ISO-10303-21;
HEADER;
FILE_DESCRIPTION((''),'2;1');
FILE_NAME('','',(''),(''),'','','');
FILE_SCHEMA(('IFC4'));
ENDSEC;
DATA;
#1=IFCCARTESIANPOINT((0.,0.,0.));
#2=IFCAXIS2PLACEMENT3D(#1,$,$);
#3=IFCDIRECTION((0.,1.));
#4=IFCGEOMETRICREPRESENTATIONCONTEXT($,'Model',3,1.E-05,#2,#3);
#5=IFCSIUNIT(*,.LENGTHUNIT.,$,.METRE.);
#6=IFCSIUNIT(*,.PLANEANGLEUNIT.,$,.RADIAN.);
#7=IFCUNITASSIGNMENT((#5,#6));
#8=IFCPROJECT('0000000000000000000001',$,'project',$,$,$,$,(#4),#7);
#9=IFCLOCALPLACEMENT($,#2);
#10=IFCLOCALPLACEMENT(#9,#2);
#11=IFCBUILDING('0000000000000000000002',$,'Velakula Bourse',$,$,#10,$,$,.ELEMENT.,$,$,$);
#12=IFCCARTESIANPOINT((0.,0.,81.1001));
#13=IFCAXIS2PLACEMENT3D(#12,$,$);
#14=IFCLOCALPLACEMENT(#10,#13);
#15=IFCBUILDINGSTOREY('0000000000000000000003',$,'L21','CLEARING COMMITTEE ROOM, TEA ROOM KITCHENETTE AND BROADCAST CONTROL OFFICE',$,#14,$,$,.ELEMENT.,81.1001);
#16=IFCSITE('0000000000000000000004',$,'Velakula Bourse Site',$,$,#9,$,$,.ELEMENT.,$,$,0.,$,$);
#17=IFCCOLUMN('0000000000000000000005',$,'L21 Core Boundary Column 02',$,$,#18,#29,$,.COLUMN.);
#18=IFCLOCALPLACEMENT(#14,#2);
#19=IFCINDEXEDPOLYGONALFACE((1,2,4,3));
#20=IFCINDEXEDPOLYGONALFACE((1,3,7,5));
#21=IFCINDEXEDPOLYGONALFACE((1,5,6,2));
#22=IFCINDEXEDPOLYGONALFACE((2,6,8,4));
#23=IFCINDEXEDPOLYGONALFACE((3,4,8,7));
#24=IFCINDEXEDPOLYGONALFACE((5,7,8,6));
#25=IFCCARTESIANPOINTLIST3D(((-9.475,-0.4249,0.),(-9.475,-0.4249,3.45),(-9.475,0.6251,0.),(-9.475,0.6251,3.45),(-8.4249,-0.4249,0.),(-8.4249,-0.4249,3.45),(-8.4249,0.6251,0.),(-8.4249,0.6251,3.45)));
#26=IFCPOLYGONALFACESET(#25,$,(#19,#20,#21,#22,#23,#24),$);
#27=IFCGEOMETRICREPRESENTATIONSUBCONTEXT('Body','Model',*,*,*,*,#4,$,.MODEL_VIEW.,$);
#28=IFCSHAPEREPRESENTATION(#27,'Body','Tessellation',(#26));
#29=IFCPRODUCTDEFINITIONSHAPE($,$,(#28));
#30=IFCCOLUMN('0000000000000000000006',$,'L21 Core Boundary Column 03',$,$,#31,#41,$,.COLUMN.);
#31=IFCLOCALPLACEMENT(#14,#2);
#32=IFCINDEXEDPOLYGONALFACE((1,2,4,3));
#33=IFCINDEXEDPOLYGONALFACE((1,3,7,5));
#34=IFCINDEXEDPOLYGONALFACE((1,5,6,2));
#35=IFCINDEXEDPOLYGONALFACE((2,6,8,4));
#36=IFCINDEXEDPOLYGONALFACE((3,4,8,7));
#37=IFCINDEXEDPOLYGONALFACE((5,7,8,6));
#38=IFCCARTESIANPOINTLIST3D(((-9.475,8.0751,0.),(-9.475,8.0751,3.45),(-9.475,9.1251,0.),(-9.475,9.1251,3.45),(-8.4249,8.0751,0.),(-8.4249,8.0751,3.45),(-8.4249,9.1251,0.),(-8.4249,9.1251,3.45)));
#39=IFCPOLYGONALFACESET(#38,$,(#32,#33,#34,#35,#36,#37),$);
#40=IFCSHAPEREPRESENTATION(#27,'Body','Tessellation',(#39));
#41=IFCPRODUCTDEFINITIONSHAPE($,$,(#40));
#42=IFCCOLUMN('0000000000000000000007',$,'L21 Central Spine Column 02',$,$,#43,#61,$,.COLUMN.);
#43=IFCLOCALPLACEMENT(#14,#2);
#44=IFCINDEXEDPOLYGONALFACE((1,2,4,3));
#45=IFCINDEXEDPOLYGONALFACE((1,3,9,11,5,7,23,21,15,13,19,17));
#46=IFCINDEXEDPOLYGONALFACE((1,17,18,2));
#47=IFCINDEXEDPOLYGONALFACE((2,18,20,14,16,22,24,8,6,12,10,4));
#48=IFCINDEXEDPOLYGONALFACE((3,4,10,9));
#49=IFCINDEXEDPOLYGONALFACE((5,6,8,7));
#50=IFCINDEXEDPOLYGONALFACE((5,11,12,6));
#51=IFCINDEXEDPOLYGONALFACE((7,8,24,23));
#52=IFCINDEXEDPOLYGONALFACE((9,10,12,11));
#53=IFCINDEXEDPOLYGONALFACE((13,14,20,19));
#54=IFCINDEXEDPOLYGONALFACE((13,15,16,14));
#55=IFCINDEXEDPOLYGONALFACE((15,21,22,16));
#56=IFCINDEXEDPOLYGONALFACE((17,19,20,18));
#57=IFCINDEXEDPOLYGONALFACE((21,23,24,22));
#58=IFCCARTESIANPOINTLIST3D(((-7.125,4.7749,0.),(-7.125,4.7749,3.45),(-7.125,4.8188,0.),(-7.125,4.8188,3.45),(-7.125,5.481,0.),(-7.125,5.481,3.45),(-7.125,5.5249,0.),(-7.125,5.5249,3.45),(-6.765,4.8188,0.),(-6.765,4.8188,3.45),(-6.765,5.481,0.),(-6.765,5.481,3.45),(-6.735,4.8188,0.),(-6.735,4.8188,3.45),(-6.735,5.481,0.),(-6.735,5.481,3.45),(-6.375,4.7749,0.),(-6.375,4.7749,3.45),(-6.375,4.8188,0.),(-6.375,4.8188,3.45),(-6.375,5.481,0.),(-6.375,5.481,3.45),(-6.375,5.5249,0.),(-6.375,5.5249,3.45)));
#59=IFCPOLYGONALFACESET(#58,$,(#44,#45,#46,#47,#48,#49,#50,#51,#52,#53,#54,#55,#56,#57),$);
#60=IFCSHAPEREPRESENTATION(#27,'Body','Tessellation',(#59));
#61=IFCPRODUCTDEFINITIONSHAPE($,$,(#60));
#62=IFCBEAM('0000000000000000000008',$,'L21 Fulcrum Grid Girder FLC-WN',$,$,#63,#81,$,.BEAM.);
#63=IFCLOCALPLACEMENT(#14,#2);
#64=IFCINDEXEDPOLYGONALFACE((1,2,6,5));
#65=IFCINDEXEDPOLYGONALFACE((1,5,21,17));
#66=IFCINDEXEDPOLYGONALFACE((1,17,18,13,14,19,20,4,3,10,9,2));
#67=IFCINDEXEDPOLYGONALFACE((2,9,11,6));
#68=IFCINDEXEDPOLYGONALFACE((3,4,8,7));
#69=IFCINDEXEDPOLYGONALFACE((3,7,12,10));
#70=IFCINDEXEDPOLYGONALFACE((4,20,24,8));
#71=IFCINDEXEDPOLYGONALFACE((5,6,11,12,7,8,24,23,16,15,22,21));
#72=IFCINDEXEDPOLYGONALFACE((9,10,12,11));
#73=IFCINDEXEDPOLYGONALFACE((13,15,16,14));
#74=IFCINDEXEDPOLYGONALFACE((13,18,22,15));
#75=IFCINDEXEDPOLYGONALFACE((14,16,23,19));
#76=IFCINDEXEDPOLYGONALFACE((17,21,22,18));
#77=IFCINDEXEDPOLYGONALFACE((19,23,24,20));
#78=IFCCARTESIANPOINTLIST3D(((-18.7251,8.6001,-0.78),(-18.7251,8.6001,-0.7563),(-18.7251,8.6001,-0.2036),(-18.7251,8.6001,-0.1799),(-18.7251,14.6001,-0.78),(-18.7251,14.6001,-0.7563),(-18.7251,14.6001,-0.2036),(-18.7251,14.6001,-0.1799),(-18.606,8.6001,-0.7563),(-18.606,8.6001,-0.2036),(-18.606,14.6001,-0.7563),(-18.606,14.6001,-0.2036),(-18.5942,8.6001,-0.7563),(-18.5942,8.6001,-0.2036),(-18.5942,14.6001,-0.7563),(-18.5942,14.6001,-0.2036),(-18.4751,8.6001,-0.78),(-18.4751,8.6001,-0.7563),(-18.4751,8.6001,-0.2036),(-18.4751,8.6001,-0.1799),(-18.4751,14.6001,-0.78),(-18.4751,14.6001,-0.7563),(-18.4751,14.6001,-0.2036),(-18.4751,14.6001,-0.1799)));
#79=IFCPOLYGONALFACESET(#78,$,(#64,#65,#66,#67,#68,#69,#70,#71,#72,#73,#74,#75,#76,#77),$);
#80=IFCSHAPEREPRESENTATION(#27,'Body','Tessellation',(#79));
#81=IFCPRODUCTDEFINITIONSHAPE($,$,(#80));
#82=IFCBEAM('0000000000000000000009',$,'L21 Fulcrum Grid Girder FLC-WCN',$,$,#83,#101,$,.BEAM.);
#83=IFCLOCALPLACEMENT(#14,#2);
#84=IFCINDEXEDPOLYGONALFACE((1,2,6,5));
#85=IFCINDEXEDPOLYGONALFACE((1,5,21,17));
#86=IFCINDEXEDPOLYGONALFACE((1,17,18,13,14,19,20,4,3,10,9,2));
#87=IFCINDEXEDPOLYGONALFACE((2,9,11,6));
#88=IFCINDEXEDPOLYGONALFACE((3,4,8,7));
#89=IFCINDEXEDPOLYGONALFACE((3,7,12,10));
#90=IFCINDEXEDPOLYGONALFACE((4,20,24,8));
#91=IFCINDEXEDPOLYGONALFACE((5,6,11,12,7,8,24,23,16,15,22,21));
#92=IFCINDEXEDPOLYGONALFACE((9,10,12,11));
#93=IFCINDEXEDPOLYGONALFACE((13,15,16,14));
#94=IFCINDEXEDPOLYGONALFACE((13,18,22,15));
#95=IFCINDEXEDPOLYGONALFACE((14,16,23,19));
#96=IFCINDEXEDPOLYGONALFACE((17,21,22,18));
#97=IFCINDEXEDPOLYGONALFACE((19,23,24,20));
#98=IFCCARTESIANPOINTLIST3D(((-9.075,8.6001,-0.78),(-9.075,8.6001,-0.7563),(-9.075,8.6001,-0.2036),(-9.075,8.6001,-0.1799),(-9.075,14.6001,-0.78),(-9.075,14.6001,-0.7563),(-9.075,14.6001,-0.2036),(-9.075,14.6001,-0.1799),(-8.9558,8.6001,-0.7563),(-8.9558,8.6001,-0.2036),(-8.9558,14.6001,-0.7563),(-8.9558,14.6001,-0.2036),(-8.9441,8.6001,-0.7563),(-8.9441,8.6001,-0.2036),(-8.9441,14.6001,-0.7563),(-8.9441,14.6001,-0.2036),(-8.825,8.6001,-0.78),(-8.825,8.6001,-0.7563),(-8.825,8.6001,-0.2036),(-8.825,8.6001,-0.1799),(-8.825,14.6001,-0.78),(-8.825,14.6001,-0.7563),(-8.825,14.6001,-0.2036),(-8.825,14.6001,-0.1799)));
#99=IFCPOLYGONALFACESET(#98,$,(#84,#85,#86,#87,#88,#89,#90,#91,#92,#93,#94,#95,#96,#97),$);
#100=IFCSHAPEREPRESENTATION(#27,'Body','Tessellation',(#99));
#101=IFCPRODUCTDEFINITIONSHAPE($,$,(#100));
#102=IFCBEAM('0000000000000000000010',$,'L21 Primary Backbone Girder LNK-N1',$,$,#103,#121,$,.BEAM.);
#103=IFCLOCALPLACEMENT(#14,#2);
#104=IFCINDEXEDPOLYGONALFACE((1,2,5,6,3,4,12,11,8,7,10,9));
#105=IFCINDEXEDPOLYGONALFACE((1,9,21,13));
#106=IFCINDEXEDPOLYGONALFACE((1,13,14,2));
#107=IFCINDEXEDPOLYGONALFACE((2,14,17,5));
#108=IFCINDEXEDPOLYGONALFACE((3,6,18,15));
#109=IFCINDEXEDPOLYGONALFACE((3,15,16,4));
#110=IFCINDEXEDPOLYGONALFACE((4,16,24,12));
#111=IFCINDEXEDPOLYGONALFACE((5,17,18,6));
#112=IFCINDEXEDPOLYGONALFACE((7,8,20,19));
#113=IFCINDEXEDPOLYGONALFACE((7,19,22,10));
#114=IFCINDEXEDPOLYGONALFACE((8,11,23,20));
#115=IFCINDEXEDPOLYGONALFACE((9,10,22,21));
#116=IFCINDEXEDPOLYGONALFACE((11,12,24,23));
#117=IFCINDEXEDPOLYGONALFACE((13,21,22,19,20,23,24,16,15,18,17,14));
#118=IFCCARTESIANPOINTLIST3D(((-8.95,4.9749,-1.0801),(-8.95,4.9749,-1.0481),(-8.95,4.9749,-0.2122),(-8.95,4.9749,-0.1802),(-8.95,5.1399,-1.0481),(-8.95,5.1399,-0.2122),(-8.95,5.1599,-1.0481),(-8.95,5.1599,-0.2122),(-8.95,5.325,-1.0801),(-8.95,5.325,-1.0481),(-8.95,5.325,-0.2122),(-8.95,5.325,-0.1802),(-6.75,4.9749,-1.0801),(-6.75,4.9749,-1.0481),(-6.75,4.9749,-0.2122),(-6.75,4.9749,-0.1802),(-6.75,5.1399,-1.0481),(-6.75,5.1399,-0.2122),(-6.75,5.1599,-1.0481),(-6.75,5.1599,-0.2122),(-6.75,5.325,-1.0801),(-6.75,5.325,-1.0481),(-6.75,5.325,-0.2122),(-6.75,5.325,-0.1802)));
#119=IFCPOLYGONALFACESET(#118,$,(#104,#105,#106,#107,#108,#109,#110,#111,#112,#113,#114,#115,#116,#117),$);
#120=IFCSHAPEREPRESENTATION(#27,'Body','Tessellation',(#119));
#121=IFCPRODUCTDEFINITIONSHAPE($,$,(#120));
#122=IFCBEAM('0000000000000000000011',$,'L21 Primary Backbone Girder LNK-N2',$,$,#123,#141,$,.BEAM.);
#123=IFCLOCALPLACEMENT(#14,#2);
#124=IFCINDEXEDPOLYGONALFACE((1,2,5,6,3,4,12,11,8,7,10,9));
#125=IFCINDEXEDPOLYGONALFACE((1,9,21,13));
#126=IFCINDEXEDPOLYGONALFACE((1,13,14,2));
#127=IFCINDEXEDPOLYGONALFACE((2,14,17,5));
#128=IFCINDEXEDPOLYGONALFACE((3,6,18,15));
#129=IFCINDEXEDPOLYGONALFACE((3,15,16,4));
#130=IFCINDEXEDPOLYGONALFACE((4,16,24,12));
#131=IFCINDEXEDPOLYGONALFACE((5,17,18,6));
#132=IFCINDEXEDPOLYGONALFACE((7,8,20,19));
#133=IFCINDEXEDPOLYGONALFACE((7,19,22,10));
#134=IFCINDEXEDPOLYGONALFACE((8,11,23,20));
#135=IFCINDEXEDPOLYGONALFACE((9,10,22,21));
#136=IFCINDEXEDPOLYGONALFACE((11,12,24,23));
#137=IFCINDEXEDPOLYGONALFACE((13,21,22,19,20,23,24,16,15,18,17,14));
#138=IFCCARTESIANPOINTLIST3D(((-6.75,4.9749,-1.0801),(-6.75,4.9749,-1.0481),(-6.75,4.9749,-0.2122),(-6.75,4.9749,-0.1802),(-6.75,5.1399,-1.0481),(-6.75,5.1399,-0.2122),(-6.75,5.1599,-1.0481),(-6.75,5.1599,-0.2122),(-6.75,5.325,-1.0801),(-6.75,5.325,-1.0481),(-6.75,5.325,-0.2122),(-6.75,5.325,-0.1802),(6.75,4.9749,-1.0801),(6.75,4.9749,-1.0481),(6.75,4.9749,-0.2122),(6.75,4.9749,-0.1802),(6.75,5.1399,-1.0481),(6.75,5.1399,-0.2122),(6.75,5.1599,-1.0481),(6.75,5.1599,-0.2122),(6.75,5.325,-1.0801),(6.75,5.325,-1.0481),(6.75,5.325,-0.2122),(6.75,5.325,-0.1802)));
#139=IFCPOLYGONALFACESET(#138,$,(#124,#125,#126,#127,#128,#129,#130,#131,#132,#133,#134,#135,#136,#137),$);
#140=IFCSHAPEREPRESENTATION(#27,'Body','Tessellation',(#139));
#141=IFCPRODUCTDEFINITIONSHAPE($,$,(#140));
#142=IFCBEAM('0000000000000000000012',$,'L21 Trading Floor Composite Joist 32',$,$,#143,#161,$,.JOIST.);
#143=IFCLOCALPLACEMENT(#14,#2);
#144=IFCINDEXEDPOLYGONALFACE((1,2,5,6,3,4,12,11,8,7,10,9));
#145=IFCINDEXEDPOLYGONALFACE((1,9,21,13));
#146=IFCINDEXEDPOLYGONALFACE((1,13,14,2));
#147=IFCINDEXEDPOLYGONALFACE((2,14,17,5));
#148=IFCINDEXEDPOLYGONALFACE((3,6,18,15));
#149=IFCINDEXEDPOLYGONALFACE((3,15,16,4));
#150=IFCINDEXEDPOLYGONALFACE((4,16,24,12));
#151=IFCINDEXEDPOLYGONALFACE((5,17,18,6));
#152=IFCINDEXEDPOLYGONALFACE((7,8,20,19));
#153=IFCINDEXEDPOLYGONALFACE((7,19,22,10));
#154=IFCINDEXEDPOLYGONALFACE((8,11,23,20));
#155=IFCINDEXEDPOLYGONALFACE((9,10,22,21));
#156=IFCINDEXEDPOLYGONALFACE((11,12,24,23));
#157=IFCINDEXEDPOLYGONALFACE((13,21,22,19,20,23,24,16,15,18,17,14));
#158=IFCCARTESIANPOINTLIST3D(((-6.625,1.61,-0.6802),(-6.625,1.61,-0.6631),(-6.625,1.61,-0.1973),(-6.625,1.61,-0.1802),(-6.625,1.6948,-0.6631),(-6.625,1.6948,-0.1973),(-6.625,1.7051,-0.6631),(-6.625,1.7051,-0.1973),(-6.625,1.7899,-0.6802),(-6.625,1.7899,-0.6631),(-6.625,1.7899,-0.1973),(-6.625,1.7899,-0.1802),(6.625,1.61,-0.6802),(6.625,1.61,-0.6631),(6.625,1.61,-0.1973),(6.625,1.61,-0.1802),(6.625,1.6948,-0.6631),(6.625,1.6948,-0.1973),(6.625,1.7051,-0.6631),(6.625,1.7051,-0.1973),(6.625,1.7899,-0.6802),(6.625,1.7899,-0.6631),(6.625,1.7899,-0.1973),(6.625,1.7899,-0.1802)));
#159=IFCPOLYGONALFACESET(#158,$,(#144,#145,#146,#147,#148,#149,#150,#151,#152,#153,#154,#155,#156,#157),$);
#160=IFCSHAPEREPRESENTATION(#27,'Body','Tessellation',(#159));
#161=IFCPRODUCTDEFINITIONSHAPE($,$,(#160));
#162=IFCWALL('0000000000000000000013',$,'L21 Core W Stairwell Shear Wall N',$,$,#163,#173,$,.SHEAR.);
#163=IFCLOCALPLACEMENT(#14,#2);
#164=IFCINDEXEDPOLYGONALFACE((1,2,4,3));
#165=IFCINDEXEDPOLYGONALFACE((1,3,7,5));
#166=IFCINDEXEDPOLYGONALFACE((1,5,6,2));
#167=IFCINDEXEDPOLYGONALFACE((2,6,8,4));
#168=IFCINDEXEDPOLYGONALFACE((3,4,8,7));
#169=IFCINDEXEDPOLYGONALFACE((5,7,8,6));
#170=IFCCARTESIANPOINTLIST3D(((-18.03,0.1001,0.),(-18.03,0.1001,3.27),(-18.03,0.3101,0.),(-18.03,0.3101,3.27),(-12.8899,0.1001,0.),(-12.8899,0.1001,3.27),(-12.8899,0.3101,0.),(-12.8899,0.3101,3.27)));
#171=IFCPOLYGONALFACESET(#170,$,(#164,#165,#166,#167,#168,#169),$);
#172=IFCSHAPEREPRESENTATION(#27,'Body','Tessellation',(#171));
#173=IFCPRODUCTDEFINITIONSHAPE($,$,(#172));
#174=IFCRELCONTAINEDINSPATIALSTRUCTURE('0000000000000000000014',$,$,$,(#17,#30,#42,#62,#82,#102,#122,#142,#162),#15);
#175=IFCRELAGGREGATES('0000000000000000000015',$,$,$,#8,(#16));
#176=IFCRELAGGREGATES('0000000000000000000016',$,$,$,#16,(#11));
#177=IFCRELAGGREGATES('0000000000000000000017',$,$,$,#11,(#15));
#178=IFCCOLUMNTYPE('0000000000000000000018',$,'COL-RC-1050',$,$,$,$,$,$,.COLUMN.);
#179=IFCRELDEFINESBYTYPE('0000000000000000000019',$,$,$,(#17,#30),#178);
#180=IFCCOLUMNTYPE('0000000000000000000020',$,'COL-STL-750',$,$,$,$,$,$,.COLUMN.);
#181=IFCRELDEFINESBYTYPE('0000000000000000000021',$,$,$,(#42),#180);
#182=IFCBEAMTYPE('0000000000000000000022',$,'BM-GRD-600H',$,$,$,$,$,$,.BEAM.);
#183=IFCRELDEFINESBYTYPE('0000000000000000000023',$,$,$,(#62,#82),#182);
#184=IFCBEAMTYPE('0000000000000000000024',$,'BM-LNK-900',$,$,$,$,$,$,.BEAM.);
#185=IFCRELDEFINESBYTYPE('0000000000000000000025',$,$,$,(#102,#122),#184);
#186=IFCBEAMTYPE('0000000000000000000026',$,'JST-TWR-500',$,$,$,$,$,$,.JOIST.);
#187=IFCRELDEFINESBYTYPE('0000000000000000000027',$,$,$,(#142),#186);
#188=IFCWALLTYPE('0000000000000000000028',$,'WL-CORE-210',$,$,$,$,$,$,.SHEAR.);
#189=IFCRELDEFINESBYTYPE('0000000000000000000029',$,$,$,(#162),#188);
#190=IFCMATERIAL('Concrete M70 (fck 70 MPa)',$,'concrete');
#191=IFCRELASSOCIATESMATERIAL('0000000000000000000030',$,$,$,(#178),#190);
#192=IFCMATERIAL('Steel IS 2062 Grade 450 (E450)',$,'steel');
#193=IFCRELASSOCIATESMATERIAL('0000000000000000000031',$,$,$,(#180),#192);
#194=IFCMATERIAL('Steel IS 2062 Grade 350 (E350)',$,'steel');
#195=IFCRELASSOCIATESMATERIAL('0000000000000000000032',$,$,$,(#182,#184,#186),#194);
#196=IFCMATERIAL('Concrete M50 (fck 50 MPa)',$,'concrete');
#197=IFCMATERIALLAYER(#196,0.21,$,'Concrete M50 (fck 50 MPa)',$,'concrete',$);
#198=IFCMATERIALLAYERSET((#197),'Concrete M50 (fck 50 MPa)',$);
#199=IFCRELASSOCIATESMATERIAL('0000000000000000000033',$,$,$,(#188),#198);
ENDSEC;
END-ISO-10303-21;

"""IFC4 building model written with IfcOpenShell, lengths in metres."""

from ifc_helpers import new_model, si_unit, direction, frame, frame_2d, origin, origin_2d, place, context, subcontext, project, spatial, rectangle, i_section, extrude, material, layer, layer_set, material_profile, profile_set, type_object, element, save


model = new_model("IFC4")

# Units and contexts
model_context = context("Model", 3, precision=1e-05, world=origin(), true_north=direction((0.0, 1.0)))
body_context = subcontext(model_context, "Body", "Model", "MODEL_VIEW")
ifc_project = project(units=[si_unit("LENGTHUNIT", "METRE"), si_unit("PLANEANGLEUNIT", "RADIAN")], contexts=[model_context])

# Site, building, storey
site_placement = place(None, origin())
site = spatial("IfcSite", under=ifc_project, at=site_placement, Name="Velakula Bourse Site", CompositionType="ELEMENT", RefElevation=0.0)
building_placement = place(site_placement, origin())
building = spatial("IfcBuilding", under=site, at=building_placement, Name="Velakula Bourse", CompositionType="ELEMENT")
storey_placement = place(building_placement, frame((0.0, 0.0, 81.1001)))
storey = spatial("IfcBuildingStorey", under=building, at=storey_placement, Name="L21", Description="CLEARING COMMITTEE ROOM, TEA ROOM KITCHENETTE AND BROADCAST CONTROL OFFICE", CompositionType="ELEMENT", Elevation=81.1001)

# Columns
ifc_material_1 = material(Name="Concrete M70 (fck 70 MPa)", Category="concrete")
ifc_material_profile_1 = material_profile(ifc_material_1, rectangle(XDim=1.05, YDim=1.05, at=origin_2d()), Name="Concrete M70 (fck 70 MPa)")
ifc_profile_set_1 = profile_set([ifc_material_profile_1], Name="Concrete M70 (fck 70 MPa)")
column_type_1 = type_object("IfcColumnType", Name="COL-RC-1050", PredefinedType="COLUMN", material=ifc_profile_set_1)
for number, where, z_axis, x_axis, name in (
    (1, (-8.95, 0.1001, 0.0), (0.0, 0.0, 1.0), (1.0, 0.0, 0.0), "L21 Core Boundary Column 02"),
    (2, (-8.95, 8.6001, 0.0), (0.0, 0.0, 1.0), (1.0, 0.0, 0.0), "L21 Core Boundary Column 03"),
):
    element("IfcColumn", number, at=place(storey_placement, frame(where, z_axis=z_axis, x_axis=x_axis)), inside=storey, type_object=column_type_1, Name=name, PredefinedType="COLUMN", context=body_context, shape_type="SweptSolid", body=[
        extrude(rectangle(XDim=1.05, YDim=1.05, at=origin_2d()), origin(), (0.0, 0.0, 1.0), 3.45),
    ])
ifc_material_2 = material(Name="Steel IS 2062 Grade 450 (E450)", Category="steel")
ifc_material_profile_2 = material_profile(ifc_material_2, i_section(OverallWidth=0.75, OverallDepth=0.75, WebThickness=0.03, FlangeThickness=0.0439, at=origin_2d()), Name="Steel IS 2062 Grade 450 (E450)")
ifc_profile_set_2 = profile_set([ifc_material_profile_2], Name="Steel IS 2062 Grade 450 (E450)")
column_type_2 = type_object("IfcColumnType", Name="COL-STL-750", PredefinedType="COLUMN", material=ifc_profile_set_2)
column_placement = place(storey_placement, frame((-6.75, 5.1499, 0.0), z_axis=(0.0, 0.0, 1.0), x_axis=(1.0, 0.0, 0.0)))
element("IfcColumn", 3, at=column_placement, inside=storey, type_object=column_type_2, Name="L21 Central Spine Column 02", PredefinedType="COLUMN", context=body_context, shape_type="SweptSolid", body=[
    extrude(i_section(OverallWidth=0.75, OverallDepth=0.75, WebThickness=0.03, FlangeThickness=0.0439, at=origin_2d()), origin(), (0.0, 0.0, 1.0), 3.45),
])

# Beams
ifc_material_3 = material(Name="Steel IS 2062 Grade 350 (E350)", Category="steel")
ifc_material_profile_3 = material_profile(ifc_material_3, i_section(OverallWidth=0.25, OverallDepth=0.6001, WebThickness=0.0117, FlangeThickness=0.0237, at=origin_2d()), Name="Steel IS 2062 Grade 350 (E350)")
ifc_profile_set_3 = profile_set([ifc_material_profile_3], Name="Steel IS 2062 Grade 350 (E350)")
beam_type_1 = type_object("IfcBeamType", Name="BM-GRD-600H", PredefinedType="BEAM", material=ifc_profile_set_3)
for number, where, z_axis, x_axis, name in (
    (4, (-18.6001, 8.6001, -0.48), (0.0, 1.0, 0.0), (-1.0, 0.0, 0.0), "L21 Fulcrum Grid Girder FLC-WN"),
    (5, (-8.95, 8.6001, -0.48), (0.0, 1.0, 0.0), (-1.0, 0.0, 0.0), "L21 Fulcrum Grid Girder FLC-WCN"),
):
    element("IfcBeam", number, at=place(storey_placement, frame(where, z_axis=z_axis, x_axis=x_axis)), inside=storey, type_object=beam_type_1, Name=name, PredefinedType="BEAM", context=body_context, shape_type="SweptSolid", body=[
        extrude(i_section(OverallWidth=0.25, OverallDepth=0.6001, WebThickness=0.0117, FlangeThickness=0.0237, at=origin_2d()), origin(), (0.0, 0.0, 1.0), 6.0),
    ])
ifc_material_profile_4 = material_profile(ifc_material_3, i_section(OverallWidth=0.3501, OverallDepth=0.8999, WebThickness=0.02, FlangeThickness=0.032, at=origin_2d()), Name="Steel IS 2062 Grade 350 (E350)")
ifc_profile_set_4 = profile_set([ifc_material_profile_4], Name="Steel IS 2062 Grade 350 (E350)")
beam_type_2 = type_object("IfcBeamType", Name="BM-LNK-900", PredefinedType="BEAM", material=ifc_profile_set_4)
beam_1_placement = place(storey_placement, frame((-8.95, 5.1499, -0.6301), z_axis=(1.0, 0.0, 0.0), x_axis=(0.0, 1.0, 0.0)))
element("IfcBeam", 6, at=beam_1_placement, inside=storey, type_object=beam_type_2, Name="L21 Primary Backbone Girder LNK-N1", PredefinedType="BEAM", context=body_context, shape_type="SweptSolid", body=[
    extrude(i_section(OverallWidth=0.3501, OverallDepth=0.8999, WebThickness=0.02, FlangeThickness=0.032, at=origin_2d()), origin(), (0.0, 0.0, 1.0), 2.2),
])
beam_2_placement = place(storey_placement, frame((-6.75, 5.1499, -0.6301), z_axis=(1.0, 0.0, 0.0), x_axis=(0.0, 1.0, 0.0)))
element("IfcBeam", 7, at=beam_2_placement, inside=storey, type_object=beam_type_2, Name="L21 Primary Backbone Girder LNK-N2", PredefinedType="BEAM", context=body_context, shape_type="SweptSolid", body=[
    extrude(i_section(OverallWidth=0.3501, OverallDepth=0.8999, WebThickness=0.02, FlangeThickness=0.032, at=origin_2d()), origin(), (0.0, 0.0, 1.0), 13.5),
])
ifc_material_profile_5 = material_profile(ifc_material_3, i_section(OverallWidth=0.1799, OverallDepth=0.5, WebThickness=0.0103, FlangeThickness=0.0171, at=origin_2d()), Name="Steel IS 2062 Grade 350 (E350)")
ifc_profile_set_5 = profile_set([ifc_material_profile_5], Name="Steel IS 2062 Grade 350 (E350)")
beam_type_3 = type_object("IfcBeamType", Name="JST-TWR-500", PredefinedType="JOIST", material=ifc_profile_set_5)
beam_3_placement = place(storey_placement, frame((-6.625, 1.7, -0.4302), z_axis=(1.0, 0.0, 0.0), x_axis=(0.0, 1.0, 0.0)))
element("IfcBeam", 8, at=beam_3_placement, inside=storey, type_object=beam_type_3, Name="L21 Trading Floor Composite Joist 32", PredefinedType="JOIST", context=body_context, shape_type="SweptSolid", body=[
    extrude(i_section(OverallWidth=0.1799, OverallDepth=0.5, WebThickness=0.0103, FlangeThickness=0.0171, at=origin_2d()), origin(), (0.0, 0.0, 1.0), 13.25),
])

# Wall
ifc_material_4 = material(Name="Concrete M50 (fck 50 MPa)", Category="concrete")
ifc_layer_1 = layer(ifc_material_4, 0.21, Name="Concrete M50 (fck 50 MPa)", Category="concrete")
ifc_layer_set_1 = layer_set([ifc_layer_1], Name="Concrete M50 (fck 50 MPa)")
wall_type_1 = type_object("IfcWallType", Name="WL-CORE-210", PredefinedType="SHEAR", material=ifc_layer_set_1)
wall_1_placement = place(storey_placement, frame((-12.8899, 0.2051, 0.0), z_axis=(0.0, 0.0, 1.0), x_axis=(-1.0, 0.0, 0.0)))
element("IfcWall", 9, at=wall_1_placement, inside=storey, type_object=wall_type_1, Name="L21 Core W Stairwell Shear Wall N", PredefinedType="SHEAR", context=body_context, shape_type="SweptSolid", body=[
    extrude(rectangle(XDim=5.1401, YDim=0.21, at=frame_2d((2.5701, 0.0))), origin(), (0.0, 0.0, 1.0), 3.27),
])

save(model, "model.ifc")
